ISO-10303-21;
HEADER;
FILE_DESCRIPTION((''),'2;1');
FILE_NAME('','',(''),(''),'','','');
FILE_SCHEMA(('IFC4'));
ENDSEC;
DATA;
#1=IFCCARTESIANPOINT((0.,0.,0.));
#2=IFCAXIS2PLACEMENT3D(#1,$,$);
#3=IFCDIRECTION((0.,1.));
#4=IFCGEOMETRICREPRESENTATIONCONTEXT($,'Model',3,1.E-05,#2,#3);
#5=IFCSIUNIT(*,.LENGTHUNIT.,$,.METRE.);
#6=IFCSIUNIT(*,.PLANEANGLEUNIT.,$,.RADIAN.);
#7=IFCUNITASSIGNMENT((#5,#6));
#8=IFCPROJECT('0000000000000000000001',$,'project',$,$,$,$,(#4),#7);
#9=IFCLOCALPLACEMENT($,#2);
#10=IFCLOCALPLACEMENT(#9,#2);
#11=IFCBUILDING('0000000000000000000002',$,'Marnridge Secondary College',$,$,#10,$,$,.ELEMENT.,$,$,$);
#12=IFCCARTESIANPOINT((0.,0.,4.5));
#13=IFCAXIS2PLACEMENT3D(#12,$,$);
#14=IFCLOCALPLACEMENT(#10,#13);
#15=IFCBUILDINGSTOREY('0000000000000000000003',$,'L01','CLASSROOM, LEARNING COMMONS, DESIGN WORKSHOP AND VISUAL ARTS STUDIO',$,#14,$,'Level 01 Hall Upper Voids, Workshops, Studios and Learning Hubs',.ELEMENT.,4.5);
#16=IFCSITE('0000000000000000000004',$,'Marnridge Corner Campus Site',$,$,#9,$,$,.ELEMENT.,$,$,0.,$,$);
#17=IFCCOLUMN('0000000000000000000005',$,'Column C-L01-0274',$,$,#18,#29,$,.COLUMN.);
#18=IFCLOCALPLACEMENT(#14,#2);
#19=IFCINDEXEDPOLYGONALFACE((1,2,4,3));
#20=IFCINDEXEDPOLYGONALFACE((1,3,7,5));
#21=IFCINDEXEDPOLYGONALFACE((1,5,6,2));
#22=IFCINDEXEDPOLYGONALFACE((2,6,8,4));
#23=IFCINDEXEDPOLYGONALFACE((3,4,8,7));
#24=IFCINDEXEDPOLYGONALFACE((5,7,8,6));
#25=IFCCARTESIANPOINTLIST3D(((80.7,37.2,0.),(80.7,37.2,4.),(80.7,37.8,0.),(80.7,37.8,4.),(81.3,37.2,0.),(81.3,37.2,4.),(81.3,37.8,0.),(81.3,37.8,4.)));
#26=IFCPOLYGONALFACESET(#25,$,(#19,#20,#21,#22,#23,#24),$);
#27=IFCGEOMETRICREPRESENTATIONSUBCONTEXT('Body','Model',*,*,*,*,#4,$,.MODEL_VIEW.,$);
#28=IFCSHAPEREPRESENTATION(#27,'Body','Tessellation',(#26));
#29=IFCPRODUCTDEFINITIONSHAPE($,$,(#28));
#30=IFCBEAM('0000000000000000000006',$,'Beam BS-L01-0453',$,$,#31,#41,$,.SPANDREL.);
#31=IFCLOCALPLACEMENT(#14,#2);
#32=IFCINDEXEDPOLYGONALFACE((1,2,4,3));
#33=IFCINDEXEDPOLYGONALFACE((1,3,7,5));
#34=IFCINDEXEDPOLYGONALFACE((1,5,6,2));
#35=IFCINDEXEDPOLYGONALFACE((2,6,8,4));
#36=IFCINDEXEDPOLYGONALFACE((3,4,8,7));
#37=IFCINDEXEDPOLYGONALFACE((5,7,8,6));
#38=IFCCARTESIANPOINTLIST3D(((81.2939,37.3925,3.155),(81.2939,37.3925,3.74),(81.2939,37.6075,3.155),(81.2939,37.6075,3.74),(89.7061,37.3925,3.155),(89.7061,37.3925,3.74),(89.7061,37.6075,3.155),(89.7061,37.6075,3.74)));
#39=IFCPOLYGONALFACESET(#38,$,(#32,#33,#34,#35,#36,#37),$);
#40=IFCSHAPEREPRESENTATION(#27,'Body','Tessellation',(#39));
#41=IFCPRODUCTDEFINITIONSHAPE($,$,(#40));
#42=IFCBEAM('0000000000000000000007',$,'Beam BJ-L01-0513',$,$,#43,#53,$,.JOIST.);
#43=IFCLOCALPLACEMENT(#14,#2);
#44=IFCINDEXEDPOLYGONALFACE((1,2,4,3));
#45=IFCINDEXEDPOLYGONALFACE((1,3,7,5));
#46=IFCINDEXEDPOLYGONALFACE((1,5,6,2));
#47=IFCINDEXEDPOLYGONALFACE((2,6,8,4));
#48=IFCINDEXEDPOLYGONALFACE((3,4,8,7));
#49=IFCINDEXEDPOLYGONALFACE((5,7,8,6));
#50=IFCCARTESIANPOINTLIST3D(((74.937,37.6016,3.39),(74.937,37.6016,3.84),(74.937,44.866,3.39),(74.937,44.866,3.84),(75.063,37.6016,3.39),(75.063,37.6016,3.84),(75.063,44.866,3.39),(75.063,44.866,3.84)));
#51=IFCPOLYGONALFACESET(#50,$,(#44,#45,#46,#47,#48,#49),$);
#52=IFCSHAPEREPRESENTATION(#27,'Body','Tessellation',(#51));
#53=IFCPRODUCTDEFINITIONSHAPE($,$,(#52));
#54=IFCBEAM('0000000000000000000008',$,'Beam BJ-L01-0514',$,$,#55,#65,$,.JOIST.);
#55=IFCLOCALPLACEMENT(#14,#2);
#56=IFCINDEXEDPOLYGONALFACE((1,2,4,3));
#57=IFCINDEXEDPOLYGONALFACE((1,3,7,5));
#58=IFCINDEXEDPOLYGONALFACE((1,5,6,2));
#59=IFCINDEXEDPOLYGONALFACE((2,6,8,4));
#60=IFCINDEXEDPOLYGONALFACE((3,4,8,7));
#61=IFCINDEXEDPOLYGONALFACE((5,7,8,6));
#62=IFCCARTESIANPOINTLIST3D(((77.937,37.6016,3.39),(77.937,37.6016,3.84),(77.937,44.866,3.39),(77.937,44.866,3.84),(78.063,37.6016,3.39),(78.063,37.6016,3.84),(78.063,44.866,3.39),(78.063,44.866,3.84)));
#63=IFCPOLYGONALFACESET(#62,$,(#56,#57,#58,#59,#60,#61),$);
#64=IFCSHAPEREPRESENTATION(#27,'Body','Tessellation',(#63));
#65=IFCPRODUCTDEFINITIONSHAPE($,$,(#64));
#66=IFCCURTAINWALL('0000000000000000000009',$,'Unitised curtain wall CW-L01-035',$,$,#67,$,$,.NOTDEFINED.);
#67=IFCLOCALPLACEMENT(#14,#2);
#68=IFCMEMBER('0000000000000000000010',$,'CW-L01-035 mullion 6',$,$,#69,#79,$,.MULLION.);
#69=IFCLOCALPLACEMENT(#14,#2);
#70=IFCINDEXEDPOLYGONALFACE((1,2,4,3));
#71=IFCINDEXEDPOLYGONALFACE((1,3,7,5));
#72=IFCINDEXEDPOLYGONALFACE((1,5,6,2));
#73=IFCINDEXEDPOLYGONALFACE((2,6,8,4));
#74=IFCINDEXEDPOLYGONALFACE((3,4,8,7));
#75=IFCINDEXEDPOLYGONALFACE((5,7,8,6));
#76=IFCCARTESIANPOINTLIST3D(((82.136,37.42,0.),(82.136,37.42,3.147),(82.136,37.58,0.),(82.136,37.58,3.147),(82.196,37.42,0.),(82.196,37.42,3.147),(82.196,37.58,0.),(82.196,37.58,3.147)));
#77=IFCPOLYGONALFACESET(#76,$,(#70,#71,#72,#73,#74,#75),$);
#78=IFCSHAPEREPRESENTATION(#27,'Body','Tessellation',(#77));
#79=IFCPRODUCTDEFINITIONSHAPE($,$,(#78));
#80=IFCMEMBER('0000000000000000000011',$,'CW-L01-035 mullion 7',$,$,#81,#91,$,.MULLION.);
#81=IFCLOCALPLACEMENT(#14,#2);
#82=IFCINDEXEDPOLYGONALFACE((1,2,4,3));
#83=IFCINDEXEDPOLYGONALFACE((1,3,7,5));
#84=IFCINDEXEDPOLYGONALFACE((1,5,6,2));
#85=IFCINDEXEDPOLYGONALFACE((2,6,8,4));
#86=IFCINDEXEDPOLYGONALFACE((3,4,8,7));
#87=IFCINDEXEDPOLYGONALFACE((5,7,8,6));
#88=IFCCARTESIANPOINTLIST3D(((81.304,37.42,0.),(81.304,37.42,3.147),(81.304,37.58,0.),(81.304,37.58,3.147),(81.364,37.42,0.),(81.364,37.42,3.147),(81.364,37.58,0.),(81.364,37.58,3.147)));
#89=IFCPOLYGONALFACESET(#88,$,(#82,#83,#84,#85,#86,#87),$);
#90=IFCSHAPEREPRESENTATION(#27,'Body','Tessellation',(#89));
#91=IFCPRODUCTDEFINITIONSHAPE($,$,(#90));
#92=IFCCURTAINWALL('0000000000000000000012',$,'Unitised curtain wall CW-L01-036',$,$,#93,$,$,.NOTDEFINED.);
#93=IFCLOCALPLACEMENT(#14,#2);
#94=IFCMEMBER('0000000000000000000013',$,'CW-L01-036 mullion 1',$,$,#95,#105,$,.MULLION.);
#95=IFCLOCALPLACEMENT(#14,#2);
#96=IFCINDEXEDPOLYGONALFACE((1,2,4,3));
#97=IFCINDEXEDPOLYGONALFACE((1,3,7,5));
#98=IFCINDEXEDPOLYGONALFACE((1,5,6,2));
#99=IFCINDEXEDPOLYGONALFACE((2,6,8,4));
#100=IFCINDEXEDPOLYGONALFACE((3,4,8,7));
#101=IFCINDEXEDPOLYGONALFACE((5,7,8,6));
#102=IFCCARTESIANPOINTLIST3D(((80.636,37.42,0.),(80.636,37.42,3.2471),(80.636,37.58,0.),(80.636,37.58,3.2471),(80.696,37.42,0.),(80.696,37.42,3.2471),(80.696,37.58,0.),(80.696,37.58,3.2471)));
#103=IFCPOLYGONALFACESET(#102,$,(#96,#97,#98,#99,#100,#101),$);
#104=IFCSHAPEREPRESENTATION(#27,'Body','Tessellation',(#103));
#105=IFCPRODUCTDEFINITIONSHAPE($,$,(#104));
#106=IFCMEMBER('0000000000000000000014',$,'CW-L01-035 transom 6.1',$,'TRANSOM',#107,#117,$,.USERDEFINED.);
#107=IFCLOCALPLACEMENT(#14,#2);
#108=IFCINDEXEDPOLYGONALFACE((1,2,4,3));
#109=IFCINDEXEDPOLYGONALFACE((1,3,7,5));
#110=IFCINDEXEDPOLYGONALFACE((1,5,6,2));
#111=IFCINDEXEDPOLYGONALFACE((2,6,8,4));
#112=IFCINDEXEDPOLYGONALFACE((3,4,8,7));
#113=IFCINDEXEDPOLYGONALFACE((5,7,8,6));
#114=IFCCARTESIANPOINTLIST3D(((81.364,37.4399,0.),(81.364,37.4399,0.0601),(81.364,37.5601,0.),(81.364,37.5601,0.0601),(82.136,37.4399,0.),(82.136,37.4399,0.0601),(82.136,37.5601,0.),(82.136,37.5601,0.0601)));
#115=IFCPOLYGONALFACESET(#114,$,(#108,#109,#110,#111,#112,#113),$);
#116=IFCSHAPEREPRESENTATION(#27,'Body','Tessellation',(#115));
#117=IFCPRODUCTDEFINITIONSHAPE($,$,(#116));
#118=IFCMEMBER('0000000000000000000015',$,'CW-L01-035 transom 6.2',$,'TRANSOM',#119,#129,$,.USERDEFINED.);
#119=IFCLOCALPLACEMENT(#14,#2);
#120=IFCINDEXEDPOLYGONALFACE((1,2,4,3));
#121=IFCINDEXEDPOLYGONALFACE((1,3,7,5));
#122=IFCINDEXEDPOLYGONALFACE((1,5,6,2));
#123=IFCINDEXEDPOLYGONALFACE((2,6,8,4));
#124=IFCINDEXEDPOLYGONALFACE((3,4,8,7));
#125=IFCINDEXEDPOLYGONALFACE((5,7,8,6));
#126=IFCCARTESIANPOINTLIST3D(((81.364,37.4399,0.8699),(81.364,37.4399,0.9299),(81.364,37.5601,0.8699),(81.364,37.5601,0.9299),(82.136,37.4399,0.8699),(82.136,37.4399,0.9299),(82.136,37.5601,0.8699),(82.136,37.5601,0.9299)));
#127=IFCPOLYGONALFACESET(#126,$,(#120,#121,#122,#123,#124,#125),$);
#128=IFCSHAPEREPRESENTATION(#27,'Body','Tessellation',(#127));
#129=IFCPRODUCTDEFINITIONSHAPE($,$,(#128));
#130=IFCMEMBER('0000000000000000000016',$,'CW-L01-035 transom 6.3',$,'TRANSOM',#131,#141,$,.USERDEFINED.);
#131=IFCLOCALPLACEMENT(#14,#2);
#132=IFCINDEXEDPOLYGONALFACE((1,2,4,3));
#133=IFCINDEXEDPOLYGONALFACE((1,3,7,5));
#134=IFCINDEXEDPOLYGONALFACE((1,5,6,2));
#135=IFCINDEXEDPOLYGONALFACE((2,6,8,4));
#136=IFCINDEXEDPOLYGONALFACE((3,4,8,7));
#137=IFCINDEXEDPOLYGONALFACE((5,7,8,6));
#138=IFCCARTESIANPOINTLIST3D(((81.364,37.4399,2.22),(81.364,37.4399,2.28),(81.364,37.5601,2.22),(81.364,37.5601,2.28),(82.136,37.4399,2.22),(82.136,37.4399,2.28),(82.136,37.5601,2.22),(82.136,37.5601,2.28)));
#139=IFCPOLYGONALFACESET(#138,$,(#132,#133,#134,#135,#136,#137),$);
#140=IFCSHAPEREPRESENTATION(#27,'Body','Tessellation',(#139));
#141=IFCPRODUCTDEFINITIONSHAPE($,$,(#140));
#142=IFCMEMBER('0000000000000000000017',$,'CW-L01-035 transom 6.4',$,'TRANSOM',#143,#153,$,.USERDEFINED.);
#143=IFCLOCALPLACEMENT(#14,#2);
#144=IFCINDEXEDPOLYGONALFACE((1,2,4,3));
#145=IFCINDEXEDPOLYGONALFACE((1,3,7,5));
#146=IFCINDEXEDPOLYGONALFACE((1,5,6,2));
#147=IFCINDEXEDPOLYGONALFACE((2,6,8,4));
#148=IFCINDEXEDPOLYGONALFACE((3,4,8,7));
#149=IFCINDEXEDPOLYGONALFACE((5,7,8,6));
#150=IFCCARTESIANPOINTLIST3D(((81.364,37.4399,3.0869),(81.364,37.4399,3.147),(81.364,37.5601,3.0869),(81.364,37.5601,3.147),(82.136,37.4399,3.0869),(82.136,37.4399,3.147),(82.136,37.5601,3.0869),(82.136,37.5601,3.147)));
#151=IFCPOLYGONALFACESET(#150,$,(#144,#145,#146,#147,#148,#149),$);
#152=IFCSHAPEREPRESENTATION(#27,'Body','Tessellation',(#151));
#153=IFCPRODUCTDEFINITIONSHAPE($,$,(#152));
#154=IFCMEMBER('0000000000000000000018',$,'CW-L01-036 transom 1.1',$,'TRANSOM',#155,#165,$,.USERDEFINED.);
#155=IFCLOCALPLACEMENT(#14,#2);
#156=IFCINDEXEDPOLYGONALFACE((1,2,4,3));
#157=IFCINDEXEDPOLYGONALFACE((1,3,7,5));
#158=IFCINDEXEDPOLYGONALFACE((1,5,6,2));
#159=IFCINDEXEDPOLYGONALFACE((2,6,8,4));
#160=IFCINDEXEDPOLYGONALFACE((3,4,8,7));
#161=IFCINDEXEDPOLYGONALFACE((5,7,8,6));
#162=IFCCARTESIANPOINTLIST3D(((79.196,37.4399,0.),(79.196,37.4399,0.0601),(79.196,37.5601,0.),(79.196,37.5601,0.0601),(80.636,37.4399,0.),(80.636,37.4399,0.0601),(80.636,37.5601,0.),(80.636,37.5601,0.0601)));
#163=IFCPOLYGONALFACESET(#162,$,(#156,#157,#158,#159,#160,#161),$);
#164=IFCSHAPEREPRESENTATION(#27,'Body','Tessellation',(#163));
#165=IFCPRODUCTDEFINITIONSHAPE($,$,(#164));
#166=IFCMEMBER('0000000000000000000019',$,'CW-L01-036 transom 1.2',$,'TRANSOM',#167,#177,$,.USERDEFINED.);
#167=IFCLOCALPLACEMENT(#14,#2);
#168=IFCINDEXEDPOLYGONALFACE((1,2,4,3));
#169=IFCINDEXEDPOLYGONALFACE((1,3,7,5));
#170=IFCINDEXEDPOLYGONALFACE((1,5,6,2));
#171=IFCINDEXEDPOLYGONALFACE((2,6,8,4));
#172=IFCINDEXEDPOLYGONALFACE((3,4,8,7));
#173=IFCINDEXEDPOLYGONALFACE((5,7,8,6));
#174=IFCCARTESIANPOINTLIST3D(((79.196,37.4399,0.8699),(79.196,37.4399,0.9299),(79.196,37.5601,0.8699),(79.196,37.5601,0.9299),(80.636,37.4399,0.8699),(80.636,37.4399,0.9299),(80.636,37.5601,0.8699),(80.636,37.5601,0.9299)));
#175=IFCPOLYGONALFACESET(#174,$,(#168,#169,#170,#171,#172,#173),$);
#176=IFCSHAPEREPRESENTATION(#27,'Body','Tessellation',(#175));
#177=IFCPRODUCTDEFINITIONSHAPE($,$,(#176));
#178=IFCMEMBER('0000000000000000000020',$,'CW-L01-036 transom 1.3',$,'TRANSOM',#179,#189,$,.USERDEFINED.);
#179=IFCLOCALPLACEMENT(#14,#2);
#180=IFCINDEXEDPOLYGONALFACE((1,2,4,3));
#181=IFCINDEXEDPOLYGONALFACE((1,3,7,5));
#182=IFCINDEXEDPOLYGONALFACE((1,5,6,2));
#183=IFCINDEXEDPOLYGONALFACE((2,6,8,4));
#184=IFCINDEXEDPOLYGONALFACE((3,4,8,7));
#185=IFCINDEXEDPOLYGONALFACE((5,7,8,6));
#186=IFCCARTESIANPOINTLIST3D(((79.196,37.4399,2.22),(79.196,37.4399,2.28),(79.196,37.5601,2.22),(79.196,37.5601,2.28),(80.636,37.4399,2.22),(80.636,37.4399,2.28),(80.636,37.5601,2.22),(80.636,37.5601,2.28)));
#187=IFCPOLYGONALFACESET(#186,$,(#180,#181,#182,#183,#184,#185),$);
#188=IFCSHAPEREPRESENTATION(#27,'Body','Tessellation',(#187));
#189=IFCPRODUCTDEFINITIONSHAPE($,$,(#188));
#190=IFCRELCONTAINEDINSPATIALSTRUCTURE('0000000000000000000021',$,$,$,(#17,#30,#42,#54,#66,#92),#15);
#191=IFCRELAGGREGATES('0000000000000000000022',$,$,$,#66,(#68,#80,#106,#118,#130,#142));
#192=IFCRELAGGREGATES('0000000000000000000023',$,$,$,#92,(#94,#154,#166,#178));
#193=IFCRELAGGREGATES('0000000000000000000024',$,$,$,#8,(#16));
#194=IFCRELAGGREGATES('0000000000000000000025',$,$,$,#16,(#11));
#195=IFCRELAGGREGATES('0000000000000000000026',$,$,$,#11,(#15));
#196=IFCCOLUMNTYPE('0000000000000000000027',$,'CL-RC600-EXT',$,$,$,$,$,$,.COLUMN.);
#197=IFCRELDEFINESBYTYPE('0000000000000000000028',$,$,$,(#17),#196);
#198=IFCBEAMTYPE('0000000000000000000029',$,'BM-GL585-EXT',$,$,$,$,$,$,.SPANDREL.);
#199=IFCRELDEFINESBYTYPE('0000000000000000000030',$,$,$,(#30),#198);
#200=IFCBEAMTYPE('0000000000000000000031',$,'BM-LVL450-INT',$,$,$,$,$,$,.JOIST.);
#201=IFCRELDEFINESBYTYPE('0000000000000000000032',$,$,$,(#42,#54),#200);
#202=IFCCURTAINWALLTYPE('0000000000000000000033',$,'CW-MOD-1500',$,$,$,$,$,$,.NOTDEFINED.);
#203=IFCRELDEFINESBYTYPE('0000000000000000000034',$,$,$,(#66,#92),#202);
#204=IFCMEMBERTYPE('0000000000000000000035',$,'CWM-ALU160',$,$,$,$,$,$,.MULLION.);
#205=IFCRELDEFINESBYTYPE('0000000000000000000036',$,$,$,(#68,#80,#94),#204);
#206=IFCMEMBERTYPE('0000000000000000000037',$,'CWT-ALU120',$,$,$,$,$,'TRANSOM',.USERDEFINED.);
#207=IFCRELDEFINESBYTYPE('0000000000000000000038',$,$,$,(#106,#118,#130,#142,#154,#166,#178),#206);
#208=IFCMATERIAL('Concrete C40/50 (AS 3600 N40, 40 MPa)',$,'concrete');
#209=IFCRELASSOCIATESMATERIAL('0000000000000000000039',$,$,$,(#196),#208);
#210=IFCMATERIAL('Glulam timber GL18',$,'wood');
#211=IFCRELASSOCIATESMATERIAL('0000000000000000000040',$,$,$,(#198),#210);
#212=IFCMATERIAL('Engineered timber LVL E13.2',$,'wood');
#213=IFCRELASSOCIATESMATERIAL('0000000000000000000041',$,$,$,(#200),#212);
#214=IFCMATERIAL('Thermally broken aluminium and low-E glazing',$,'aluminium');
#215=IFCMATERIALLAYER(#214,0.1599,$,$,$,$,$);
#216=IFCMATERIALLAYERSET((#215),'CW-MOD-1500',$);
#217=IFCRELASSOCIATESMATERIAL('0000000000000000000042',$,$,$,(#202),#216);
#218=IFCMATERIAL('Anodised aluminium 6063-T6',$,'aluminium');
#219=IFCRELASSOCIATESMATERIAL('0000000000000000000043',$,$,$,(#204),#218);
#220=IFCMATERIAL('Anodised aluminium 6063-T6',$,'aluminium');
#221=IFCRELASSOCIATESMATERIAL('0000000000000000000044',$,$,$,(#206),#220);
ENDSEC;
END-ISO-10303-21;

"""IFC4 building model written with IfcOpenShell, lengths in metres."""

from ifc_helpers import new_model, si_unit, direction, frame, origin, origin_2d, place, context, subcontext, project, spatial, rectangle, extrude, material, layer, layer_set, material_profile, profile_set, type_object, element, aggregate, save


model = new_model("IFC4")

# Units and contexts
model_context = context("Model", 3, precision=1e-05, world=origin(), true_north=direction((0.0, 1.0)))
body_context = subcontext(model_context, "Body", "Model", "MODEL_VIEW")
ifc_project = project(units=[si_unit("LENGTHUNIT", "METRE"), si_unit("PLANEANGLEUNIT", "RADIAN")], contexts=[model_context])

# Site, building, storey
site_placement = place(None, origin())
site = spatial("IfcSite", under=ifc_project, at=site_placement, Name="Marnridge Corner Campus Site", CompositionType="ELEMENT", RefElevation=0.0)
building_placement = place(site_placement, origin())
building = spatial("IfcBuilding", under=site, at=building_placement, Name="Marnridge Secondary College", CompositionType="ELEMENT")
storey_placement = place(building_placement, frame((0.0, 0.0, 4.5)))
storey = spatial("IfcBuildingStorey", under=building, at=storey_placement, Name="L01", Description="CLASSROOM, LEARNING COMMONS, DESIGN WORKSHOP AND VISUAL ARTS STUDIO", LongName="Level 01 Hall Upper Voids, Workshops, Studios and Learning Hubs", CompositionType="ELEMENT", Elevation=4.5)

# Column
ifc_material_1 = material(Name="Concrete C40/50 (AS 3600 N40, 40 MPa)", Category="concrete")
ifc_material_profile_1 = material_profile(ifc_material_1, rectangle(XDim=0.6001, YDim=0.6001, at=origin_2d()), Name="RC 600x600")
ifc_profile_set_1 = profile_set([ifc_material_profile_1], Name="Concrete C40/50 (AS 3600 N40, 40 MPa)")
column_type = type_object("IfcColumnType", Name="CL-RC600-EXT", PredefinedType="COLUMN", material=ifc_profile_set_1)
column_placement = place(storey_placement, frame((81.0, 37.5, 0.0), z_axis=(0.0, 0.0, 1.0), x_axis=(1.0, 0.0, 0.0)))
element("IfcColumn", 1, at=column_placement, inside=storey, type_object=column_type, Name="Column C-L01-0274", PredefinedType="COLUMN", context=body_context, shape_type="SweptSolid", body=[
    extrude(rectangle(XDim=0.6001, YDim=0.6001, at=origin_2d()), origin(), (0.0, 0.0, 1.0), 4.0),
])

# Beams
ifc_material_2 = material(Name="Glulam timber GL18", Category="wood")
ifc_material_profile_2 = material_profile(ifc_material_2, rectangle(XDim=0.2151, YDim=0.585, at=origin_2d()), Name="GL18 215x585")
ifc_profile_set_2 = profile_set([ifc_material_profile_2], Name="Glulam timber GL18")
beam_type_1 = type_object("IfcBeamType", Name="BM-GL585-EXT", PredefinedType="SPANDREL", material=ifc_profile_set_2)
beam_placement = place(storey_placement, frame((81.2939, 37.5, 3.4475), z_axis=(1.0, 0.0, 0.0), x_axis=(0.0, 1.0, 0.0)))
element("IfcBeam", 2, at=beam_placement, inside=storey, type_object=beam_type_1, Name="Beam BS-L01-0453", PredefinedType="SPANDREL", context=body_context, shape_type="SweptSolid", body=[
    extrude(rectangle(XDim=0.2151, YDim=0.585, at=origin_2d()), origin(), (0.0, 0.0, 1.0), 8.4121),
])
ifc_material_3 = material(Name="Engineered timber LVL E13.2", Category="wood")
ifc_material_profile_3 = material_profile(ifc_material_3, rectangle(XDim=0.126, YDim=0.45, at=origin_2d()), Name="LVL 126x450")
ifc_profile_set_3 = profile_set([ifc_material_profile_3], Name="Engineered timber LVL E13.2")
beam_type_2 = type_object("IfcBeamType", Name="BM-LVL450-INT", PredefinedType="JOIST", material=ifc_profile_set_3)
for number, where, z_axis, x_axis, name in (
    (3, (75.0, 37.6016, 3.615), (0.0, 1.0, 0.0), (-1.0, 0.0, 0.0), "Beam BJ-L01-0513"),
    (4, (78.0, 37.6016, 3.615), (0.0, 1.0, 0.0), (-1.0, 0.0, 0.0), "Beam BJ-L01-0514"),
):
    element("IfcBeam", number, at=place(storey_placement, frame(where, z_axis=z_axis, x_axis=x_axis)), inside=storey, type_object=beam_type_2, Name=name, PredefinedType="JOIST", context=body_context, shape_type="SweptSolid", body=[
        extrude(rectangle(XDim=0.126, YDim=0.45, at=origin_2d()), origin(), (0.0, 0.0, 1.0), 7.2644),
    ])

# Curtain wall, members
ifc_material_4 = material(Name="Thermally broken aluminium and low-E glazing", Category="aluminium")
ifc_layer_1 = layer(ifc_material_4, 0.1599)
ifc_layer_set_1 = layer_set([ifc_layer_1], Name="CW-MOD-1500")
curtain_wall_type = type_object("IfcCurtainWallType", Name="CW-MOD-1500", PredefinedType="NOTDEFINED", material=ifc_layer_set_1)
curtain_wall_1_placement = place(storey_placement, origin())
curtain_wall_1 = element("IfcCurtainWall", 5, at=curtain_wall_1_placement, inside=storey, type_object=curtain_wall_type, Name="Unitised curtain wall CW-L01-035", PredefinedType="NOTDEFINED")
ifc_material_5 = material(Name="Anodised aluminium 6063-T6", Category="aluminium")
ifc_material_profile_4 = material_profile(ifc_material_5, rectangle(XDim=0.0601, YDim=0.1599, at=origin_2d()), Name="ALU 60x160")
ifc_profile_set_4 = profile_set([ifc_material_profile_4], Name="Anodised aluminium 6063-T6")
member_type_1 = type_object("IfcMemberType", Name="CWM-ALU160", PredefinedType="MULLION", material=ifc_profile_set_4)
member_1_placement = place(storey_placement, frame((82.166, 37.5, 0.0), z_axis=(0.0, 0.0, 1.0), x_axis=(-1.0, 0.0, 0.0)))
member_1 = element("IfcMember", 6, at=member_1_placement, type_object=member_type_1, Name="CW-L01-035 mullion 6", PredefinedType="MULLION", context=body_context, shape_type="SweptSolid", body=[
    extrude(rectangle(XDim=0.0601, YDim=0.1599, at=origin_2d()), origin(), (0.0, 0.0, 1.0), 3.147),
])
member_2_placement = place(storey_placement, frame((81.334, 37.5, 0.0), z_axis=(0.0, 0.0, 1.0), x_axis=(-1.0, 0.0, 0.0)))
member_2 = element("IfcMember", 7, at=member_2_placement, type_object=member_type_1, Name="CW-L01-035 mullion 7", PredefinedType="MULLION", context=body_context, shape_type="SweptSolid", body=[
    extrude(rectangle(XDim=0.0601, YDim=0.1599, at=origin_2d()), origin(), (0.0, 0.0, 1.0), 3.147),
])

# Curtain wall, member
curtain_wall_2_placement = place(storey_placement, origin())
curtain_wall_2 = element("IfcCurtainWall", 8, at=curtain_wall_2_placement, inside=storey, type_object=curtain_wall_type, Name="Unitised curtain wall CW-L01-036", PredefinedType="NOTDEFINED")
member_3_placement = place(storey_placement, frame((80.666, 37.5, 0.0), z_axis=(0.0, 0.0, 1.0), x_axis=(-1.0, 0.0, 0.0)))
member_3 = element("IfcMember", 9, at=member_3_placement, type_object=member_type_1, Name="CW-L01-036 mullion 1", PredefinedType="MULLION", context=body_context, shape_type="SweptSolid", body=[
    extrude(rectangle(XDim=0.0601, YDim=0.1599, at=origin_2d()), origin(), (0.0, 0.0, 1.0), 3.2471),
])

# Members
ifc_material_6 = material(Name="Anodised aluminium 6063-T6", Category="aluminium")
ifc_material_profile_5 = material_profile(ifc_material_6, rectangle(XDim=0.0601, YDim=0.1201, at=origin_2d()), Name="ALU 60x120")
ifc_profile_set_5 = profile_set([ifc_material_profile_5], Name="Anodised aluminium 6063-T6")
member_type_2 = type_object("IfcMemberType", Name="CWT-ALU120", ElementType="TRANSOM", PredefinedType="USERDEFINED", material=ifc_profile_set_5)
member_4_placement = place(storey_placement, frame((82.136, 37.5, 0.03), z_axis=(-1.0, 0.0, 0.0), x_axis=(0.0, 0.0, 1.0)))
member_4 = element("IfcMember", 10, at=member_4_placement, type_object=member_type_2, Name="CW-L01-035 transom 6.1", ObjectType="TRANSOM", PredefinedType="USERDEFINED", context=body_context, shape_type="SweptSolid", body=[
    extrude(rectangle(XDim=0.0601, YDim=0.1201, at=origin_2d()), origin(), (0.0, 0.0, 1.0), 0.772),
])
member_5_placement = place(storey_placement, frame((82.136, 37.5, 0.8999), z_axis=(-1.0, 0.0, 0.0), x_axis=(0.0, 0.0, 1.0)))
member_5 = element("IfcMember", 11, at=member_5_placement, type_object=member_type_2, Name="CW-L01-035 transom 6.2", ObjectType="TRANSOM", PredefinedType="USERDEFINED", context=body_context, shape_type="SweptSolid", body=[
    extrude(rectangle(XDim=0.0601, YDim=0.1201, at=origin_2d()), origin(), (0.0, 0.0, 1.0), 0.772),
])
member_6_placement = place(storey_placement, frame((82.136, 37.5, 2.25), z_axis=(-1.0, 0.0, 0.0), x_axis=(0.0, 0.0, 1.0)))
member_6 = element("IfcMember", 12, at=member_6_placement, type_object=member_type_2, Name="CW-L01-035 transom 6.3", ObjectType="TRANSOM", PredefinedType="USERDEFINED", context=body_context, shape_type="SweptSolid", body=[
    extrude(rectangle(XDim=0.0601, YDim=0.1201, at=origin_2d()), origin(), (0.0, 0.0, 1.0), 0.772),
])
member_7_placement = place(storey_placement, frame((82.136, 37.5, 3.1169), z_axis=(-1.0, 0.0, 0.0), x_axis=(0.0, 0.0, 1.0)))
member_7 = element("IfcMember", 13, at=member_7_placement, type_object=member_type_2, Name="CW-L01-035 transom 6.4", ObjectType="TRANSOM", PredefinedType="USERDEFINED", context=body_context, shape_type="SweptSolid", body=[
    extrude(rectangle(XDim=0.0601, YDim=0.1201, at=origin_2d()), origin(), (0.0, 0.0, 1.0), 0.772),
])
member_8_placement = place(storey_placement, frame((80.636, 37.5, 0.03), z_axis=(-1.0, 0.0, 0.0), x_axis=(0.0, 0.0, 1.0)))
member_8 = element("IfcMember", 14, at=member_8_placement, type_object=member_type_2, Name="CW-L01-036 transom 1.1", ObjectType="TRANSOM", PredefinedType="USERDEFINED", context=body_context, shape_type="SweptSolid", body=[
    extrude(rectangle(XDim=0.0601, YDim=0.1201, at=origin_2d()), origin(), (0.0, 0.0, 1.0), 1.4399),
])
member_9_placement = place(storey_placement, frame((80.636, 37.5, 0.8999), z_axis=(-1.0, 0.0, 0.0), x_axis=(0.0, 0.0, 1.0)))
member_9 = element("IfcMember", 15, at=member_9_placement, type_object=member_type_2, Name="CW-L01-036 transom 1.2", ObjectType="TRANSOM", PredefinedType="USERDEFINED", context=body_context, shape_type="SweptSolid", body=[
    extrude(rectangle(XDim=0.0601, YDim=0.1201, at=origin_2d()), origin(), (0.0, 0.0, 1.0), 1.4399),
])
member_10_placement = place(storey_placement, frame((80.636, 37.5, 2.25), z_axis=(-1.0, 0.0, 0.0), x_axis=(0.0, 0.0, 1.0)))
member_10 = element("IfcMember", 16, at=member_10_placement, type_object=member_type_2, Name="CW-L01-036 transom 1.3", ObjectType="TRANSOM", PredefinedType="USERDEFINED", context=body_context, shape_type="SweptSolid", body=[
    extrude(rectangle(XDim=0.0601, YDim=0.1201, at=origin_2d()), origin(), (0.0, 0.0, 1.0), 1.4399),
])

aggregate(curtain_wall_1, [member_1, member_2, member_4, member_5, member_6, member_7])
aggregate(curtain_wall_2, [member_3, member_8, member_9, member_10])

save(model, "model.ifc")
